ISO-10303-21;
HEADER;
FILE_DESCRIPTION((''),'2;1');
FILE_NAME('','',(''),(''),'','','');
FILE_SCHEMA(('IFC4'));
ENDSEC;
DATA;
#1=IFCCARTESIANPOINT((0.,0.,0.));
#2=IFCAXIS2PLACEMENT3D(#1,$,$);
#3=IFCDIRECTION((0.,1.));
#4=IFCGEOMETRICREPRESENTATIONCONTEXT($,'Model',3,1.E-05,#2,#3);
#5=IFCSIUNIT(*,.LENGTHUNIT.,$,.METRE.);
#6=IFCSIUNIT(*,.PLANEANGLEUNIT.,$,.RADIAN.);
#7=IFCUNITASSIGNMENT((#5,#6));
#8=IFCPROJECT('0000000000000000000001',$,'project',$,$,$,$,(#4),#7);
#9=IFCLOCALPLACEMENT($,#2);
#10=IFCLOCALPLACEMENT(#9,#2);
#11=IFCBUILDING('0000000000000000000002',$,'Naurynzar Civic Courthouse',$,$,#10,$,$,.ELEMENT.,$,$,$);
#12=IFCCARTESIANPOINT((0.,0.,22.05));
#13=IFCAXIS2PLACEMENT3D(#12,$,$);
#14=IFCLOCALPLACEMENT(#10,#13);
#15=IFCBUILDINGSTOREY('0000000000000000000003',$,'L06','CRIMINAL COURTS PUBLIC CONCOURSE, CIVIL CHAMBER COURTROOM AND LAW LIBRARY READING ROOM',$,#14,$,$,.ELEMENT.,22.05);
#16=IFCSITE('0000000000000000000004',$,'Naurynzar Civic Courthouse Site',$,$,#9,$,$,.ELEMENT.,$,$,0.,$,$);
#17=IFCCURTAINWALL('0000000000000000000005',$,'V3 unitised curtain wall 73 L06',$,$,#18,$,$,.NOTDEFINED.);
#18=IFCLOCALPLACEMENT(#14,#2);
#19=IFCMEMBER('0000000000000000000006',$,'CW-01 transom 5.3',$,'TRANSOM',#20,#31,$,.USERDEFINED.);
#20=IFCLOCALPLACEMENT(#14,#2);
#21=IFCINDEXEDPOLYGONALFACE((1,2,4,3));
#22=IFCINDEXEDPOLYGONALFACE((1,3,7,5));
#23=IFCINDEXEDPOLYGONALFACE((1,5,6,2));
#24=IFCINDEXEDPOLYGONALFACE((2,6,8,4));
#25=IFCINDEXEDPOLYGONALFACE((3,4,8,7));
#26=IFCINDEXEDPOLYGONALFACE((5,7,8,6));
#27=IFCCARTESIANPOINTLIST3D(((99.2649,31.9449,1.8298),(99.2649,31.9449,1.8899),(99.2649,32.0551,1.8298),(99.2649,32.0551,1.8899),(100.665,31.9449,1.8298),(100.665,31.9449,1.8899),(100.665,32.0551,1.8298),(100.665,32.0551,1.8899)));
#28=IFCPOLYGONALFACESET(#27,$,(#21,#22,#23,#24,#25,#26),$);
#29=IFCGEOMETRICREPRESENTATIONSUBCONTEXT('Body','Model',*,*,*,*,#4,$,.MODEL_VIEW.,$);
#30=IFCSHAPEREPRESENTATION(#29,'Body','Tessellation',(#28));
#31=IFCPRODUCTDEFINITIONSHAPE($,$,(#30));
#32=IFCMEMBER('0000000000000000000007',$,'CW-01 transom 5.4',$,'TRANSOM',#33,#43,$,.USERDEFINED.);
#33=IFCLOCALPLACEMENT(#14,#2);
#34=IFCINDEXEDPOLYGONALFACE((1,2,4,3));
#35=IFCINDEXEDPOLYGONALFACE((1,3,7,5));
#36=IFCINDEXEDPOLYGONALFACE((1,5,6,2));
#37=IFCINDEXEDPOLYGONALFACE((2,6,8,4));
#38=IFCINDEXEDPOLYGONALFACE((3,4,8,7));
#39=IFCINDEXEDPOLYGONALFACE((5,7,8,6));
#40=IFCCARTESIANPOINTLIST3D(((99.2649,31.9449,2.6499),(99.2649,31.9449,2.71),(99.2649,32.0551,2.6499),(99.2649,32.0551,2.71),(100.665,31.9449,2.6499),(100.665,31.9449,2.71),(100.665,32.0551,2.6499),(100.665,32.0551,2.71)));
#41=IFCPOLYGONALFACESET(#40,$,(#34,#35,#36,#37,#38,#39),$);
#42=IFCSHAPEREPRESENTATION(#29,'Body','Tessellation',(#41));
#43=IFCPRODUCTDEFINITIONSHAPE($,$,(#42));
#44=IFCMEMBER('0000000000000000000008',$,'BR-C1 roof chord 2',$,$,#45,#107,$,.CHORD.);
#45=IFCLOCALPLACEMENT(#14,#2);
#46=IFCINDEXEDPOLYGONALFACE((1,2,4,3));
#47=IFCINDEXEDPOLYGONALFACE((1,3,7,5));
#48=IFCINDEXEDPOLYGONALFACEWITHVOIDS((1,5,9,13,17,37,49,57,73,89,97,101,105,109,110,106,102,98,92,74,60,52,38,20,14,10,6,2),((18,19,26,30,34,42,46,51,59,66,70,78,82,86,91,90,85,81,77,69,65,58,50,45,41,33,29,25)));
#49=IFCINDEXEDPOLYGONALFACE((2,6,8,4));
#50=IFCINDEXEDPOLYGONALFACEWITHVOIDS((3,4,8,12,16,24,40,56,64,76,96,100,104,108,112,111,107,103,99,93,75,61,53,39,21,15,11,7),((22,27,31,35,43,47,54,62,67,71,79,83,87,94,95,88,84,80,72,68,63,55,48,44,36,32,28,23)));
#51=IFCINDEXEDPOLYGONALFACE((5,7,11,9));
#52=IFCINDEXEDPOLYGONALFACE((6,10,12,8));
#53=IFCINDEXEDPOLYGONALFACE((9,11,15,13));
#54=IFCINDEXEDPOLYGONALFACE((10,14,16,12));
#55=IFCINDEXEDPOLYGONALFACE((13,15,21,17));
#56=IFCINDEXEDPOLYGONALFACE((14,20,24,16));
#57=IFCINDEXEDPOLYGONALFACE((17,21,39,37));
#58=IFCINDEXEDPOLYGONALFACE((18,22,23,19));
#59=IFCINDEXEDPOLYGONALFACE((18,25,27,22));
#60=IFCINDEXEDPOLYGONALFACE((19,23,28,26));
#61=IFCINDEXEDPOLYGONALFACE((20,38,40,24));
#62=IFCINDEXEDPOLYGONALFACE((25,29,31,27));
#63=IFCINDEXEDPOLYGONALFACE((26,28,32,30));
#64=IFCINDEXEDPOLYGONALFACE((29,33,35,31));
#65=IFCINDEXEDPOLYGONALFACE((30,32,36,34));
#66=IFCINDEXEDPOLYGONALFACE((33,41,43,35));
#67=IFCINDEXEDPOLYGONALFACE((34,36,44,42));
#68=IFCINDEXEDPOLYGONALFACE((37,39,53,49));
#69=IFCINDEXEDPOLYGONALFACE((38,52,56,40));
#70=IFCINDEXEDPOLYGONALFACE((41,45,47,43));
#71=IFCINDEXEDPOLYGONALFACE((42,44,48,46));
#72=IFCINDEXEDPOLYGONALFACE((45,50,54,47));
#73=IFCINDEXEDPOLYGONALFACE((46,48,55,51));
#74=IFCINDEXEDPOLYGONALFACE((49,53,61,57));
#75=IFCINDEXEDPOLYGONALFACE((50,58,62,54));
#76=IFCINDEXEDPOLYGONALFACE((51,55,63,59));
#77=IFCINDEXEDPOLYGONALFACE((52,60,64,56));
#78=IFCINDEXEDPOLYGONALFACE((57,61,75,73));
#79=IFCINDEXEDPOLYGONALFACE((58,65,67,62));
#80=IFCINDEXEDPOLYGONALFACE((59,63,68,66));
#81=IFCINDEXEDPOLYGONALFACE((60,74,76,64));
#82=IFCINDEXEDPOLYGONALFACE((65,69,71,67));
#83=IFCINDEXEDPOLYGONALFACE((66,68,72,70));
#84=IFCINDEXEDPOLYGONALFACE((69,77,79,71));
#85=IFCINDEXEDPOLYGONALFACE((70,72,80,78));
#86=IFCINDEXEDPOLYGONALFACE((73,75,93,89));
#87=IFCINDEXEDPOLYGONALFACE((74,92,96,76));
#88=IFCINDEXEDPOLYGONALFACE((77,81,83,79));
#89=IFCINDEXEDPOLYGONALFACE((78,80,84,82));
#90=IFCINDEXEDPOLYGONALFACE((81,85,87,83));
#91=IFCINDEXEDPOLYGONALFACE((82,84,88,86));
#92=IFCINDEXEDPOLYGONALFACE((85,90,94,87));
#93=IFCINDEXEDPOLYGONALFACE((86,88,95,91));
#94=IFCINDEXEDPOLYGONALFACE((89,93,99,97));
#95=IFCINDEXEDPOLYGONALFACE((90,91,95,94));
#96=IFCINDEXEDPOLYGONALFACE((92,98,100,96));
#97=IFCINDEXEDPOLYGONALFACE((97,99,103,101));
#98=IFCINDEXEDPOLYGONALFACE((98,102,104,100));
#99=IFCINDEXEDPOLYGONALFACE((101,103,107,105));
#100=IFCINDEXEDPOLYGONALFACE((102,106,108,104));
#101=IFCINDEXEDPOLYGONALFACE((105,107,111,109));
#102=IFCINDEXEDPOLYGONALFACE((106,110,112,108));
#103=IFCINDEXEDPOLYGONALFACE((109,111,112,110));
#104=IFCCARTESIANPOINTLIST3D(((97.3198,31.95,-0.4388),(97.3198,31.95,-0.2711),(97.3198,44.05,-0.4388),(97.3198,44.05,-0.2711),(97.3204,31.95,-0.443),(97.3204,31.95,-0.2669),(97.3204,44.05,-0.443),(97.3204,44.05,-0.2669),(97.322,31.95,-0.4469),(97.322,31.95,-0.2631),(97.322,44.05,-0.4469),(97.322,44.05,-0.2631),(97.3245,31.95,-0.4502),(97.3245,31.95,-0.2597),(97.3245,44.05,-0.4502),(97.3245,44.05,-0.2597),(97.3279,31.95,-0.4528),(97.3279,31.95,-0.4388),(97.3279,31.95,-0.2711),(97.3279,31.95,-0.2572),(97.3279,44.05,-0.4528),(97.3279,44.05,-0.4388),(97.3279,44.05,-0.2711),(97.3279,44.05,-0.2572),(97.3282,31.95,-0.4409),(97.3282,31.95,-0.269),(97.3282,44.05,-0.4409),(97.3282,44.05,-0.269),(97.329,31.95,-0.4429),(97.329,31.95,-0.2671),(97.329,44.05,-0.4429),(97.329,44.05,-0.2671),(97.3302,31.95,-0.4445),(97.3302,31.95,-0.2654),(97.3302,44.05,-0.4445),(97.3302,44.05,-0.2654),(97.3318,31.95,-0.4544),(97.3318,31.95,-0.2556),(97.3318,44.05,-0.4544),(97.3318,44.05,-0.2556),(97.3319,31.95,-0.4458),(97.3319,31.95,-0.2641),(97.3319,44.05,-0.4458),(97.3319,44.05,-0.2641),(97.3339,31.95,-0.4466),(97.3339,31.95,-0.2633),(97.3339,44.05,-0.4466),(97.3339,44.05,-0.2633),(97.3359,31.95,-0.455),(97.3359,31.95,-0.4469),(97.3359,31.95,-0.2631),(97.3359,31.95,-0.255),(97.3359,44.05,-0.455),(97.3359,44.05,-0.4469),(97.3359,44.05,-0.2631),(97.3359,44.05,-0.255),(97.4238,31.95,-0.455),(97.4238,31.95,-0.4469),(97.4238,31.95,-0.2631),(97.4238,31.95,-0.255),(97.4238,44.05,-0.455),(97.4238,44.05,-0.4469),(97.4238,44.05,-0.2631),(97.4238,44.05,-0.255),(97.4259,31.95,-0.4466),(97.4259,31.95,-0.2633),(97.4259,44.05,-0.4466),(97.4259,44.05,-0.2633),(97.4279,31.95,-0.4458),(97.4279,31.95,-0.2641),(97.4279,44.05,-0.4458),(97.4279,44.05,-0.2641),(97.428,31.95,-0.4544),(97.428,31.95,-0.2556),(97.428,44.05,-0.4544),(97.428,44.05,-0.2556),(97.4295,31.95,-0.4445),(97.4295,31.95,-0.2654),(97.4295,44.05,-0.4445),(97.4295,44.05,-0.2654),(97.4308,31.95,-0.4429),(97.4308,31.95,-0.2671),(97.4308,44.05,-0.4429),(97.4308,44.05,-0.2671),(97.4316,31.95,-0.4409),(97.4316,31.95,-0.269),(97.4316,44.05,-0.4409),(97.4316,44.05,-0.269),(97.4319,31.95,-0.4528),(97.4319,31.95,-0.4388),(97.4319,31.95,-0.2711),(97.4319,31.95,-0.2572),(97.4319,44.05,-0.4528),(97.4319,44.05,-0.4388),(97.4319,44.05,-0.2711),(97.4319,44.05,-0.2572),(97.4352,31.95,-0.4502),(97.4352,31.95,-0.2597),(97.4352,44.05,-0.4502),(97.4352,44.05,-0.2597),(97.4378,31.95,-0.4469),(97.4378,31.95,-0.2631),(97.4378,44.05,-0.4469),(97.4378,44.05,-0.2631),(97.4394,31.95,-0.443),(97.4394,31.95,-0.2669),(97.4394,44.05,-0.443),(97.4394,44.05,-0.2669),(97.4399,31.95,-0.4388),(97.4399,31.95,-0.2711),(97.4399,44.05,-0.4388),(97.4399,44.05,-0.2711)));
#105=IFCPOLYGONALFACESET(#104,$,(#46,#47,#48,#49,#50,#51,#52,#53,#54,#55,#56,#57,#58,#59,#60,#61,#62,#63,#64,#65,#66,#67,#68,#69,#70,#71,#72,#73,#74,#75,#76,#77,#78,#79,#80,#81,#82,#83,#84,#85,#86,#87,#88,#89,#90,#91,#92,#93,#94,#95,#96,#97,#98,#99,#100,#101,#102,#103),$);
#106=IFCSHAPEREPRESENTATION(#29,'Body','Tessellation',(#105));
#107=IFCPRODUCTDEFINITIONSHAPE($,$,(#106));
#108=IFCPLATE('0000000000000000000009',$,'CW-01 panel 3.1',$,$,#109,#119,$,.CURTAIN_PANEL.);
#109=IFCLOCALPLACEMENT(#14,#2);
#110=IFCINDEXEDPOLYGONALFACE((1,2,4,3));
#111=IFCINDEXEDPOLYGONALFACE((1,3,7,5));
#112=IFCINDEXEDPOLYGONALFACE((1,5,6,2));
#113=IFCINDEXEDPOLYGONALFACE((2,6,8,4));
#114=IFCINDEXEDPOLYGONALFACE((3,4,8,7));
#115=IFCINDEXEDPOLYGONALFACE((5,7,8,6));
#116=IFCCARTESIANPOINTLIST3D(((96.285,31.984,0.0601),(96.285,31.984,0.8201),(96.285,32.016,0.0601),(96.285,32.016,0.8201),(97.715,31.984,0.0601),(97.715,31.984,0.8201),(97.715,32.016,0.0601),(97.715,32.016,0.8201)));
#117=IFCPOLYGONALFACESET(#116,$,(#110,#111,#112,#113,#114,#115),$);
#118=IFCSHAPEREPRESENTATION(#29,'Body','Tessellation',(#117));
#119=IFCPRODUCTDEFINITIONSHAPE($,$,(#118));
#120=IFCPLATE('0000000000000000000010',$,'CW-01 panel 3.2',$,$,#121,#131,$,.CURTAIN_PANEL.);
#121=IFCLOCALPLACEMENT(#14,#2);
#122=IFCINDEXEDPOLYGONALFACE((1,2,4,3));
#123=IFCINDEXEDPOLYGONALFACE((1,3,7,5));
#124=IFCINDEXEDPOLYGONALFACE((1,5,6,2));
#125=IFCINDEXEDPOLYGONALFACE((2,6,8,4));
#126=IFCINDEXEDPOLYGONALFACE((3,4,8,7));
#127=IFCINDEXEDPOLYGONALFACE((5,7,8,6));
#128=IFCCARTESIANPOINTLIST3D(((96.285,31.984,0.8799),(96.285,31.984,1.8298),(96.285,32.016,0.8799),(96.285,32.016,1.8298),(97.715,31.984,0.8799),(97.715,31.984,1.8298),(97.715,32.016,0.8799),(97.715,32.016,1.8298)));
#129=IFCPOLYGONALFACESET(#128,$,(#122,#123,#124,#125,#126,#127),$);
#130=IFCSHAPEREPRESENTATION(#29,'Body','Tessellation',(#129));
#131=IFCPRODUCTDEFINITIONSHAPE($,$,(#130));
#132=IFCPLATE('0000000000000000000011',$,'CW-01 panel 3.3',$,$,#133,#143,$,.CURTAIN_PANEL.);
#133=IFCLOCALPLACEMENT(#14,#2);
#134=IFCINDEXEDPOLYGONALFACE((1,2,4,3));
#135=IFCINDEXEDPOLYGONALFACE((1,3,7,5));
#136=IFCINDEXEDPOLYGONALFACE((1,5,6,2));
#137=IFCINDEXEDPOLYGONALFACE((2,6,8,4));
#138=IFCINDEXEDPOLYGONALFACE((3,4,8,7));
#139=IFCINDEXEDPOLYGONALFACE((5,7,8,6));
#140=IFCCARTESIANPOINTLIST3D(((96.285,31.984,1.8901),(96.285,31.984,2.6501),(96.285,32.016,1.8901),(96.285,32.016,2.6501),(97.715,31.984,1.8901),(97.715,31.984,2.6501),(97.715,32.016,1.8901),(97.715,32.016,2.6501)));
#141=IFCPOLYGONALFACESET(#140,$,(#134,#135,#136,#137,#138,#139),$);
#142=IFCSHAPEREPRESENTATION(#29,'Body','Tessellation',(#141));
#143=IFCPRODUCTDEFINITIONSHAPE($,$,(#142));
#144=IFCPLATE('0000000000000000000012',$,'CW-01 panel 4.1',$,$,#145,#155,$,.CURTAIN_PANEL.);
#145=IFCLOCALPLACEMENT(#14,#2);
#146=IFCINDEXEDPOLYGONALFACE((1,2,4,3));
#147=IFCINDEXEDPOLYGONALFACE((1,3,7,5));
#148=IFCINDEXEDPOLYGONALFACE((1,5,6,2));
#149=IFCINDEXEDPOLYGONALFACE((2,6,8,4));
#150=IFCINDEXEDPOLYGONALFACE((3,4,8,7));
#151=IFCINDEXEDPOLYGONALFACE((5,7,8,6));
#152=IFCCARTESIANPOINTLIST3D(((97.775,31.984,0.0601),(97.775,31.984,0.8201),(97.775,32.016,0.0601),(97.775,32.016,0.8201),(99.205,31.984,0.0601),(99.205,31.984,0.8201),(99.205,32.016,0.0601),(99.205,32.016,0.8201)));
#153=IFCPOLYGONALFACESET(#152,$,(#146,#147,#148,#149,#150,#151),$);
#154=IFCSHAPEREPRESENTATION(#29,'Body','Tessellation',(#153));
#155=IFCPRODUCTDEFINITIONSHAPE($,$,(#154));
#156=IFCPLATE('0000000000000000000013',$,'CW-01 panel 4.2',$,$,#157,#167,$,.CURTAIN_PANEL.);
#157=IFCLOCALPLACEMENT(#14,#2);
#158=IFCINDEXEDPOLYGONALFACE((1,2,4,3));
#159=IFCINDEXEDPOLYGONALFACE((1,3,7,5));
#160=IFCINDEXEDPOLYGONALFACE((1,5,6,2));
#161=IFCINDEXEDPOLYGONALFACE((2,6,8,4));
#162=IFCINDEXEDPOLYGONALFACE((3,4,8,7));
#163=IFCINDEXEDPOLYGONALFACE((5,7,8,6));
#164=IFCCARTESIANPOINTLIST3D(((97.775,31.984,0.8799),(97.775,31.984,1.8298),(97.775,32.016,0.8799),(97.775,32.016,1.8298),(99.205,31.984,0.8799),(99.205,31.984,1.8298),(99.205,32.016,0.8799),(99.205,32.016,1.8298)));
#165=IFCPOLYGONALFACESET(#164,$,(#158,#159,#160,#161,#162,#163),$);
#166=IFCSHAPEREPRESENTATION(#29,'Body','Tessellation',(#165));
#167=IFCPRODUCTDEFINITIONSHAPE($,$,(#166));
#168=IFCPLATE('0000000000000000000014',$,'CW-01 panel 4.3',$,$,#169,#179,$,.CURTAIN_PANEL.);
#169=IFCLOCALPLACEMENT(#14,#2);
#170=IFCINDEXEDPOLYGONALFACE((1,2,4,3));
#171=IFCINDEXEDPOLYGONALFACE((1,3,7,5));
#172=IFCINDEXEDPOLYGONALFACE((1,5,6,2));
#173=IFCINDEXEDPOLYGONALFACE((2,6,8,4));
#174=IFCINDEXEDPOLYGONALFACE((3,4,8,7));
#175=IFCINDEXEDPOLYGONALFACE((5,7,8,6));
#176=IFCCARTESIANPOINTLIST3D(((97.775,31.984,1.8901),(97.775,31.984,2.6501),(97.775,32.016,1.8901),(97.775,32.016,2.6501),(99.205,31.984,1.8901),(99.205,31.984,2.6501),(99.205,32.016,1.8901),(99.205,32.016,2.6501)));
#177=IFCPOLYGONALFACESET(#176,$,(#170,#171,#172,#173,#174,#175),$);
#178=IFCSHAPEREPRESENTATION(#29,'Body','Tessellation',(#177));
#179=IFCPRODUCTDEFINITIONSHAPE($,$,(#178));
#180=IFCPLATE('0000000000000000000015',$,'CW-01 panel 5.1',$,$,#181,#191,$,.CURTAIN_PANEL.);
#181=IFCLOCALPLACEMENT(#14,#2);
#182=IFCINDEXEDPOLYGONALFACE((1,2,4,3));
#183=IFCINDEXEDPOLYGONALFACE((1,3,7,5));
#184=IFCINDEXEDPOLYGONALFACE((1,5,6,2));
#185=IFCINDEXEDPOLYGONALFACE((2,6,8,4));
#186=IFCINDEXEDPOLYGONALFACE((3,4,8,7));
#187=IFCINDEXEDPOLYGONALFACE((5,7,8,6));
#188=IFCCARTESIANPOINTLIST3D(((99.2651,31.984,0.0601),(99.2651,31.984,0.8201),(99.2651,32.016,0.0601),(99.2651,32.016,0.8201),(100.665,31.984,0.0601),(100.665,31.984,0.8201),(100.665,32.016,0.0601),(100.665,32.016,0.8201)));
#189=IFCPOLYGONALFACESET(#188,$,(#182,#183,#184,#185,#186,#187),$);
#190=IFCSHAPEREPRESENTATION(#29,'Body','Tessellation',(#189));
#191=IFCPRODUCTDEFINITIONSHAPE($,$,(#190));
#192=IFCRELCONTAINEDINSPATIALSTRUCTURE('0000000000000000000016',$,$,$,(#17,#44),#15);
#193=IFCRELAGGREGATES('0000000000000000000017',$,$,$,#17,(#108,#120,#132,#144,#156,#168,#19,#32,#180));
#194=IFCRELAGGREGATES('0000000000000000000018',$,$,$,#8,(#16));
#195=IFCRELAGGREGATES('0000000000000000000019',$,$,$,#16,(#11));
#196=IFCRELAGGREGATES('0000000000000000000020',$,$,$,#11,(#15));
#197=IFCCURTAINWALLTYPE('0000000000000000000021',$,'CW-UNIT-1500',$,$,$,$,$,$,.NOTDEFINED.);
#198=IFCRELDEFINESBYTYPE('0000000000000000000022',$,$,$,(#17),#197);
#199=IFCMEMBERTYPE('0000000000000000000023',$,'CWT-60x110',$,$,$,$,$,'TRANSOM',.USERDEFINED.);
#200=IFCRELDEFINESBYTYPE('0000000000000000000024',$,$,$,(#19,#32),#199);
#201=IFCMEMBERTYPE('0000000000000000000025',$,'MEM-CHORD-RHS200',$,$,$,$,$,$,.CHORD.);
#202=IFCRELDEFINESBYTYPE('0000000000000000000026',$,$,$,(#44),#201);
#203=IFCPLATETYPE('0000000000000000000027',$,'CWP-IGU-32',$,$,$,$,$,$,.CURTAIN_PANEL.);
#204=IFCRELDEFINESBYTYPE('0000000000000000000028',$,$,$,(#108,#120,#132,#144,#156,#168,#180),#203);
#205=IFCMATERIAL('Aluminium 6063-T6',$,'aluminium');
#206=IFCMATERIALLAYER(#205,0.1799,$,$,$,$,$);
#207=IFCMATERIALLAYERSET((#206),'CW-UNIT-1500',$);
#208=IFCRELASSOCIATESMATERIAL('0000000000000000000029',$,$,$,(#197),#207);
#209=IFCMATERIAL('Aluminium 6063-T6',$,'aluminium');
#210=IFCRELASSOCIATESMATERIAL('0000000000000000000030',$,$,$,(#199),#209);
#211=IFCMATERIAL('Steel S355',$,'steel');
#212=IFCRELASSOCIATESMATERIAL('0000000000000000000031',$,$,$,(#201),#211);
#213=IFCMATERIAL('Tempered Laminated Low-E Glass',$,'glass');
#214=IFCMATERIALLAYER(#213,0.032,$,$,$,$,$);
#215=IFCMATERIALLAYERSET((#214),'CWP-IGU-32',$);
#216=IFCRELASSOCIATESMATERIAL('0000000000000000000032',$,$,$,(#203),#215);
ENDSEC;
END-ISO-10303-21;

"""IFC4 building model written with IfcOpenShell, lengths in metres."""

from ifc_helpers import new_model, si_unit, direction, frame, origin, origin_2d, place, context, subcontext, project, spatial, rectangle, hollow_rectangle, extrude, material, layer, layer_set, material_profile, profile_set, type_object, element, aggregate, save


model = new_model("IFC4")

# Units and contexts
model_context = context("Model", 3, precision=1e-05, world=origin(), true_north=direction((0.0, 1.0)))
body_context = subcontext(model_context, "Body", "Model", "MODEL_VIEW")
ifc_project = project(units=[si_unit("LENGTHUNIT", "METRE"), si_unit("PLANEANGLEUNIT", "RADIAN")], contexts=[model_context])

# Site, building, storey
site_placement = place(None, origin())
site = spatial("IfcSite", under=ifc_project, at=site_placement, Name="Naurynzar Civic Courthouse Site", CompositionType="ELEMENT", RefElevation=0.0)
building_placement = place(site_placement, origin())
building = spatial("IfcBuilding", under=site, at=building_placement, Name="Naurynzar Civic Courthouse", CompositionType="ELEMENT")
storey_placement = place(building_placement, frame((0.0, 0.0, 22.05)))
storey = spatial("IfcBuildingStorey", under=building, at=storey_placement, Name="L06", Description="CRIMINAL COURTS PUBLIC CONCOURSE, CIVIL CHAMBER COURTROOM AND LAW LIBRARY READING ROOM", CompositionType="ELEMENT", Elevation=22.05)

# Curtain wall, members
ifc_material_1 = material(Name="Aluminium 6063-T6", Category="aluminium")
ifc_layer_1 = layer(ifc_material_1, 0.1799)
ifc_layer_set_1 = layer_set([ifc_layer_1], Name="CW-UNIT-1500")
curtain_wall_type = type_object("IfcCurtainWallType", Name="CW-UNIT-1500", PredefinedType="NOTDEFINED", material=ifc_layer_set_1)
curtain_wall_placement = place(storey_placement, origin())
curtain_wall = element("IfcCurtainWall", 1, at=curtain_wall_placement, inside=storey, type_object=curtain_wall_type, Name="V3 unitised curtain wall 73 L06", PredefinedType="NOTDEFINED")
ifc_material_2 = material(Name="Aluminium 6063-T6", Category="aluminium")
ifc_material_profile_1 = material_profile(ifc_material_2, rectangle(XDim=0.1101, YDim=0.0601, at=origin_2d()), Name="ALU TRANSOM 60x110")
ifc_profile_set_1 = profile_set([ifc_material_profile_1], Name="Aluminium 6063-T6")
member_type_1 = type_object("IfcMemberType", Name="CWT-60x110", ElementType="TRANSOM", PredefinedType="USERDEFINED", material=ifc_profile_set_1)
member_1_placement = place(storey_placement, frame((99.2649, 32.0, 1.8599), z_axis=(1.0, 0.0, 0.0), x_axis=(0.0, 1.0, 0.0)))
member_1 = element("IfcMember", 2, at=member_1_placement, type_object=member_type_1, Name="CW-01 transom 5.3", ObjectType="TRANSOM", PredefinedType="USERDEFINED", context=body_context, shape_type="SweptSolid", body=[
    extrude(rectangle(XDim=0.1101, YDim=0.0601, at=origin_2d()), origin(), (0.0, 0.0, 1.0), 1.4001),
])
member_2_placement = place(storey_placement, frame((99.2649, 32.0, 2.6799), z_axis=(1.0, 0.0, 0.0), x_axis=(0.0, 1.0, 0.0)))
member_2 = element("IfcMember", 3, at=member_2_placement, type_object=member_type_1, Name="CW-01 transom 5.4", ObjectType="TRANSOM", PredefinedType="USERDEFINED", context=body_context, shape_type="SweptSolid", body=[
    extrude(rectangle(XDim=0.1101, YDim=0.0601, at=origin_2d()), origin(), (0.0, 0.0, 1.0), 1.4001),
])

# Member
ifc_material_3 = material(Name="Steel S355", Category="steel")
ifc_material_profile_2 = material_profile(ifc_material_3, hollow_rectangle(XDim=0.1201, YDim=0.2, WallThickness=0.0081, InnerFilletRadius=0.0081, OuterFilletRadius=0.0161, at=origin_2d()), Name="RHS 200x120x8")
ifc_profile_set_2 = profile_set([ifc_material_profile_2], Name="Steel S355")
member_type_2 = type_object("IfcMemberType", Name="MEM-CHORD-RHS200", PredefinedType="CHORD", material=ifc_profile_set_2)
member_3_placement = place(storey_placement, frame((97.3799, 31.95, -0.355), z_axis=(0.0, 1.0, 0.0), x_axis=(-1.0, 0.0, 0.0)))
element("IfcMember", 4, at=member_3_placement, inside=storey, type_object=member_type_2, Name="BR-C1 roof chord 2", PredefinedType="CHORD", context=body_context, shape_type="SweptSolid", body=[
    extrude(hollow_rectangle(XDim=0.1201, YDim=0.2, WallThickness=0.0081, InnerFilletRadius=0.0081, OuterFilletRadius=0.0161, at=origin_2d()), origin(), (0.0, 0.0, 1.0), 12.1001),
])

# Plates
ifc_material_4 = material(Name="Tempered Laminated Low-E Glass", Category="glass")
ifc_layer_2 = layer(ifc_material_4, 0.032)
ifc_layer_set_2 = layer_set([ifc_layer_2], Name="CWP-IGU-32")
plate_type = type_object("IfcPlateType", Name="CWP-IGU-32", PredefinedType="CURTAIN_PANEL", material=ifc_layer_set_2)
plate_1_placement = place(storey_placement, frame((97.0, 32.0, 0.0601), z_axis=(0.0, 0.0, 1.0), x_axis=(1.0, 0.0, 0.0)))
plate_1 = element("IfcPlate", 5, at=plate_1_placement, type_object=plate_type, Name="CW-01 panel 3.1", PredefinedType="CURTAIN_PANEL", context=body_context, shape_type="SweptSolid", body=[
    extrude(rectangle(XDim=1.4299, YDim=0.032, at=origin_2d()), origin(), (0.0, 0.0, 1.0), 0.76),
])
plate_2_placement = place(storey_placement, frame((97.0, 32.0, 0.8799), z_axis=(0.0, 0.0, 1.0), x_axis=(1.0, 0.0, 0.0)))
plate_2 = element("IfcPlate", 6, at=plate_2_placement, type_object=plate_type, Name="CW-01 panel 3.2", PredefinedType="CURTAIN_PANEL", context=body_context, shape_type="SweptSolid", body=[
    extrude(rectangle(XDim=1.4299, YDim=0.032, at=origin_2d()), origin(), (0.0, 0.0, 1.0), 0.95),
])
plate_3_placement = place(storey_placement, frame((97.0, 32.0, 1.8901), z_axis=(0.0, 0.0, 1.0), x_axis=(1.0, 0.0, 0.0)))
plate_3 = element("IfcPlate", 7, at=plate_3_placement, type_object=plate_type, Name="CW-01 panel 3.3", PredefinedType="CURTAIN_PANEL", context=body_context, shape_type="SweptSolid", body=[
    extrude(rectangle(XDim=1.4299, YDim=0.032, at=origin_2d()), origin(), (0.0, 0.0, 1.0), 0.76),
])
plate_4_placement = place(storey_placement, frame((98.49, 32.0, 0.0601), z_axis=(0.0, 0.0, 1.0), x_axis=(1.0, 0.0, 0.0)))
plate_4 = element("IfcPlate", 8, at=plate_4_placement, type_object=plate_type, Name="CW-01 panel 4.1", PredefinedType="CURTAIN_PANEL", context=body_context, shape_type="SweptSolid", body=[
    extrude(rectangle(XDim=1.4299, YDim=0.032, at=origin_2d()), origin(), (0.0, 0.0, 1.0), 0.76),
])
plate_5_placement = place(storey_placement, frame((98.49, 32.0, 0.8799), z_axis=(0.0, 0.0, 1.0), x_axis=(1.0, 0.0, 0.0)))
plate_5 = element("IfcPlate", 9, at=plate_5_placement, type_object=plate_type, Name="CW-01 panel 4.2", PredefinedType="CURTAIN_PANEL", context=body_context, shape_type="SweptSolid", body=[
    extrude(rectangle(XDim=1.4299, YDim=0.032, at=origin_2d()), origin(), (0.0, 0.0, 1.0), 0.95),
])
plate_6_placement = place(storey_placement, frame((98.49, 32.0, 1.8901), z_axis=(0.0, 0.0, 1.0), x_axis=(1.0, 0.0, 0.0)))
plate_6 = element("IfcPlate", 10, at=plate_6_placement, type_object=plate_type, Name="CW-01 panel 4.3", PredefinedType="CURTAIN_PANEL", context=body_context, shape_type="SweptSolid", body=[
    extrude(rectangle(XDim=1.4299, YDim=0.032, at=origin_2d()), origin(), (0.0, 0.0, 1.0), 0.76),
])
plate_7_placement = place(storey_placement, frame((99.9651, 32.0, 0.0601), z_axis=(0.0, 0.0, 1.0), x_axis=(1.0, 0.0, 0.0)))
plate_7 = element("IfcPlate", 11, at=plate_7_placement, type_object=plate_type, Name="CW-01 panel 5.1", PredefinedType="CURTAIN_PANEL", context=body_context, shape_type="SweptSolid", body=[
    extrude(rectangle(XDim=1.3999, YDim=0.032, at=origin_2d()), origin(), (0.0, 0.0, 1.0), 0.76),
])
aggregate(curtain_wall, [plate_1, plate_2, plate_3, plate_4, plate_5, plate_6, member_1, member_2, plate_7])

save(model, "model.ifc")
